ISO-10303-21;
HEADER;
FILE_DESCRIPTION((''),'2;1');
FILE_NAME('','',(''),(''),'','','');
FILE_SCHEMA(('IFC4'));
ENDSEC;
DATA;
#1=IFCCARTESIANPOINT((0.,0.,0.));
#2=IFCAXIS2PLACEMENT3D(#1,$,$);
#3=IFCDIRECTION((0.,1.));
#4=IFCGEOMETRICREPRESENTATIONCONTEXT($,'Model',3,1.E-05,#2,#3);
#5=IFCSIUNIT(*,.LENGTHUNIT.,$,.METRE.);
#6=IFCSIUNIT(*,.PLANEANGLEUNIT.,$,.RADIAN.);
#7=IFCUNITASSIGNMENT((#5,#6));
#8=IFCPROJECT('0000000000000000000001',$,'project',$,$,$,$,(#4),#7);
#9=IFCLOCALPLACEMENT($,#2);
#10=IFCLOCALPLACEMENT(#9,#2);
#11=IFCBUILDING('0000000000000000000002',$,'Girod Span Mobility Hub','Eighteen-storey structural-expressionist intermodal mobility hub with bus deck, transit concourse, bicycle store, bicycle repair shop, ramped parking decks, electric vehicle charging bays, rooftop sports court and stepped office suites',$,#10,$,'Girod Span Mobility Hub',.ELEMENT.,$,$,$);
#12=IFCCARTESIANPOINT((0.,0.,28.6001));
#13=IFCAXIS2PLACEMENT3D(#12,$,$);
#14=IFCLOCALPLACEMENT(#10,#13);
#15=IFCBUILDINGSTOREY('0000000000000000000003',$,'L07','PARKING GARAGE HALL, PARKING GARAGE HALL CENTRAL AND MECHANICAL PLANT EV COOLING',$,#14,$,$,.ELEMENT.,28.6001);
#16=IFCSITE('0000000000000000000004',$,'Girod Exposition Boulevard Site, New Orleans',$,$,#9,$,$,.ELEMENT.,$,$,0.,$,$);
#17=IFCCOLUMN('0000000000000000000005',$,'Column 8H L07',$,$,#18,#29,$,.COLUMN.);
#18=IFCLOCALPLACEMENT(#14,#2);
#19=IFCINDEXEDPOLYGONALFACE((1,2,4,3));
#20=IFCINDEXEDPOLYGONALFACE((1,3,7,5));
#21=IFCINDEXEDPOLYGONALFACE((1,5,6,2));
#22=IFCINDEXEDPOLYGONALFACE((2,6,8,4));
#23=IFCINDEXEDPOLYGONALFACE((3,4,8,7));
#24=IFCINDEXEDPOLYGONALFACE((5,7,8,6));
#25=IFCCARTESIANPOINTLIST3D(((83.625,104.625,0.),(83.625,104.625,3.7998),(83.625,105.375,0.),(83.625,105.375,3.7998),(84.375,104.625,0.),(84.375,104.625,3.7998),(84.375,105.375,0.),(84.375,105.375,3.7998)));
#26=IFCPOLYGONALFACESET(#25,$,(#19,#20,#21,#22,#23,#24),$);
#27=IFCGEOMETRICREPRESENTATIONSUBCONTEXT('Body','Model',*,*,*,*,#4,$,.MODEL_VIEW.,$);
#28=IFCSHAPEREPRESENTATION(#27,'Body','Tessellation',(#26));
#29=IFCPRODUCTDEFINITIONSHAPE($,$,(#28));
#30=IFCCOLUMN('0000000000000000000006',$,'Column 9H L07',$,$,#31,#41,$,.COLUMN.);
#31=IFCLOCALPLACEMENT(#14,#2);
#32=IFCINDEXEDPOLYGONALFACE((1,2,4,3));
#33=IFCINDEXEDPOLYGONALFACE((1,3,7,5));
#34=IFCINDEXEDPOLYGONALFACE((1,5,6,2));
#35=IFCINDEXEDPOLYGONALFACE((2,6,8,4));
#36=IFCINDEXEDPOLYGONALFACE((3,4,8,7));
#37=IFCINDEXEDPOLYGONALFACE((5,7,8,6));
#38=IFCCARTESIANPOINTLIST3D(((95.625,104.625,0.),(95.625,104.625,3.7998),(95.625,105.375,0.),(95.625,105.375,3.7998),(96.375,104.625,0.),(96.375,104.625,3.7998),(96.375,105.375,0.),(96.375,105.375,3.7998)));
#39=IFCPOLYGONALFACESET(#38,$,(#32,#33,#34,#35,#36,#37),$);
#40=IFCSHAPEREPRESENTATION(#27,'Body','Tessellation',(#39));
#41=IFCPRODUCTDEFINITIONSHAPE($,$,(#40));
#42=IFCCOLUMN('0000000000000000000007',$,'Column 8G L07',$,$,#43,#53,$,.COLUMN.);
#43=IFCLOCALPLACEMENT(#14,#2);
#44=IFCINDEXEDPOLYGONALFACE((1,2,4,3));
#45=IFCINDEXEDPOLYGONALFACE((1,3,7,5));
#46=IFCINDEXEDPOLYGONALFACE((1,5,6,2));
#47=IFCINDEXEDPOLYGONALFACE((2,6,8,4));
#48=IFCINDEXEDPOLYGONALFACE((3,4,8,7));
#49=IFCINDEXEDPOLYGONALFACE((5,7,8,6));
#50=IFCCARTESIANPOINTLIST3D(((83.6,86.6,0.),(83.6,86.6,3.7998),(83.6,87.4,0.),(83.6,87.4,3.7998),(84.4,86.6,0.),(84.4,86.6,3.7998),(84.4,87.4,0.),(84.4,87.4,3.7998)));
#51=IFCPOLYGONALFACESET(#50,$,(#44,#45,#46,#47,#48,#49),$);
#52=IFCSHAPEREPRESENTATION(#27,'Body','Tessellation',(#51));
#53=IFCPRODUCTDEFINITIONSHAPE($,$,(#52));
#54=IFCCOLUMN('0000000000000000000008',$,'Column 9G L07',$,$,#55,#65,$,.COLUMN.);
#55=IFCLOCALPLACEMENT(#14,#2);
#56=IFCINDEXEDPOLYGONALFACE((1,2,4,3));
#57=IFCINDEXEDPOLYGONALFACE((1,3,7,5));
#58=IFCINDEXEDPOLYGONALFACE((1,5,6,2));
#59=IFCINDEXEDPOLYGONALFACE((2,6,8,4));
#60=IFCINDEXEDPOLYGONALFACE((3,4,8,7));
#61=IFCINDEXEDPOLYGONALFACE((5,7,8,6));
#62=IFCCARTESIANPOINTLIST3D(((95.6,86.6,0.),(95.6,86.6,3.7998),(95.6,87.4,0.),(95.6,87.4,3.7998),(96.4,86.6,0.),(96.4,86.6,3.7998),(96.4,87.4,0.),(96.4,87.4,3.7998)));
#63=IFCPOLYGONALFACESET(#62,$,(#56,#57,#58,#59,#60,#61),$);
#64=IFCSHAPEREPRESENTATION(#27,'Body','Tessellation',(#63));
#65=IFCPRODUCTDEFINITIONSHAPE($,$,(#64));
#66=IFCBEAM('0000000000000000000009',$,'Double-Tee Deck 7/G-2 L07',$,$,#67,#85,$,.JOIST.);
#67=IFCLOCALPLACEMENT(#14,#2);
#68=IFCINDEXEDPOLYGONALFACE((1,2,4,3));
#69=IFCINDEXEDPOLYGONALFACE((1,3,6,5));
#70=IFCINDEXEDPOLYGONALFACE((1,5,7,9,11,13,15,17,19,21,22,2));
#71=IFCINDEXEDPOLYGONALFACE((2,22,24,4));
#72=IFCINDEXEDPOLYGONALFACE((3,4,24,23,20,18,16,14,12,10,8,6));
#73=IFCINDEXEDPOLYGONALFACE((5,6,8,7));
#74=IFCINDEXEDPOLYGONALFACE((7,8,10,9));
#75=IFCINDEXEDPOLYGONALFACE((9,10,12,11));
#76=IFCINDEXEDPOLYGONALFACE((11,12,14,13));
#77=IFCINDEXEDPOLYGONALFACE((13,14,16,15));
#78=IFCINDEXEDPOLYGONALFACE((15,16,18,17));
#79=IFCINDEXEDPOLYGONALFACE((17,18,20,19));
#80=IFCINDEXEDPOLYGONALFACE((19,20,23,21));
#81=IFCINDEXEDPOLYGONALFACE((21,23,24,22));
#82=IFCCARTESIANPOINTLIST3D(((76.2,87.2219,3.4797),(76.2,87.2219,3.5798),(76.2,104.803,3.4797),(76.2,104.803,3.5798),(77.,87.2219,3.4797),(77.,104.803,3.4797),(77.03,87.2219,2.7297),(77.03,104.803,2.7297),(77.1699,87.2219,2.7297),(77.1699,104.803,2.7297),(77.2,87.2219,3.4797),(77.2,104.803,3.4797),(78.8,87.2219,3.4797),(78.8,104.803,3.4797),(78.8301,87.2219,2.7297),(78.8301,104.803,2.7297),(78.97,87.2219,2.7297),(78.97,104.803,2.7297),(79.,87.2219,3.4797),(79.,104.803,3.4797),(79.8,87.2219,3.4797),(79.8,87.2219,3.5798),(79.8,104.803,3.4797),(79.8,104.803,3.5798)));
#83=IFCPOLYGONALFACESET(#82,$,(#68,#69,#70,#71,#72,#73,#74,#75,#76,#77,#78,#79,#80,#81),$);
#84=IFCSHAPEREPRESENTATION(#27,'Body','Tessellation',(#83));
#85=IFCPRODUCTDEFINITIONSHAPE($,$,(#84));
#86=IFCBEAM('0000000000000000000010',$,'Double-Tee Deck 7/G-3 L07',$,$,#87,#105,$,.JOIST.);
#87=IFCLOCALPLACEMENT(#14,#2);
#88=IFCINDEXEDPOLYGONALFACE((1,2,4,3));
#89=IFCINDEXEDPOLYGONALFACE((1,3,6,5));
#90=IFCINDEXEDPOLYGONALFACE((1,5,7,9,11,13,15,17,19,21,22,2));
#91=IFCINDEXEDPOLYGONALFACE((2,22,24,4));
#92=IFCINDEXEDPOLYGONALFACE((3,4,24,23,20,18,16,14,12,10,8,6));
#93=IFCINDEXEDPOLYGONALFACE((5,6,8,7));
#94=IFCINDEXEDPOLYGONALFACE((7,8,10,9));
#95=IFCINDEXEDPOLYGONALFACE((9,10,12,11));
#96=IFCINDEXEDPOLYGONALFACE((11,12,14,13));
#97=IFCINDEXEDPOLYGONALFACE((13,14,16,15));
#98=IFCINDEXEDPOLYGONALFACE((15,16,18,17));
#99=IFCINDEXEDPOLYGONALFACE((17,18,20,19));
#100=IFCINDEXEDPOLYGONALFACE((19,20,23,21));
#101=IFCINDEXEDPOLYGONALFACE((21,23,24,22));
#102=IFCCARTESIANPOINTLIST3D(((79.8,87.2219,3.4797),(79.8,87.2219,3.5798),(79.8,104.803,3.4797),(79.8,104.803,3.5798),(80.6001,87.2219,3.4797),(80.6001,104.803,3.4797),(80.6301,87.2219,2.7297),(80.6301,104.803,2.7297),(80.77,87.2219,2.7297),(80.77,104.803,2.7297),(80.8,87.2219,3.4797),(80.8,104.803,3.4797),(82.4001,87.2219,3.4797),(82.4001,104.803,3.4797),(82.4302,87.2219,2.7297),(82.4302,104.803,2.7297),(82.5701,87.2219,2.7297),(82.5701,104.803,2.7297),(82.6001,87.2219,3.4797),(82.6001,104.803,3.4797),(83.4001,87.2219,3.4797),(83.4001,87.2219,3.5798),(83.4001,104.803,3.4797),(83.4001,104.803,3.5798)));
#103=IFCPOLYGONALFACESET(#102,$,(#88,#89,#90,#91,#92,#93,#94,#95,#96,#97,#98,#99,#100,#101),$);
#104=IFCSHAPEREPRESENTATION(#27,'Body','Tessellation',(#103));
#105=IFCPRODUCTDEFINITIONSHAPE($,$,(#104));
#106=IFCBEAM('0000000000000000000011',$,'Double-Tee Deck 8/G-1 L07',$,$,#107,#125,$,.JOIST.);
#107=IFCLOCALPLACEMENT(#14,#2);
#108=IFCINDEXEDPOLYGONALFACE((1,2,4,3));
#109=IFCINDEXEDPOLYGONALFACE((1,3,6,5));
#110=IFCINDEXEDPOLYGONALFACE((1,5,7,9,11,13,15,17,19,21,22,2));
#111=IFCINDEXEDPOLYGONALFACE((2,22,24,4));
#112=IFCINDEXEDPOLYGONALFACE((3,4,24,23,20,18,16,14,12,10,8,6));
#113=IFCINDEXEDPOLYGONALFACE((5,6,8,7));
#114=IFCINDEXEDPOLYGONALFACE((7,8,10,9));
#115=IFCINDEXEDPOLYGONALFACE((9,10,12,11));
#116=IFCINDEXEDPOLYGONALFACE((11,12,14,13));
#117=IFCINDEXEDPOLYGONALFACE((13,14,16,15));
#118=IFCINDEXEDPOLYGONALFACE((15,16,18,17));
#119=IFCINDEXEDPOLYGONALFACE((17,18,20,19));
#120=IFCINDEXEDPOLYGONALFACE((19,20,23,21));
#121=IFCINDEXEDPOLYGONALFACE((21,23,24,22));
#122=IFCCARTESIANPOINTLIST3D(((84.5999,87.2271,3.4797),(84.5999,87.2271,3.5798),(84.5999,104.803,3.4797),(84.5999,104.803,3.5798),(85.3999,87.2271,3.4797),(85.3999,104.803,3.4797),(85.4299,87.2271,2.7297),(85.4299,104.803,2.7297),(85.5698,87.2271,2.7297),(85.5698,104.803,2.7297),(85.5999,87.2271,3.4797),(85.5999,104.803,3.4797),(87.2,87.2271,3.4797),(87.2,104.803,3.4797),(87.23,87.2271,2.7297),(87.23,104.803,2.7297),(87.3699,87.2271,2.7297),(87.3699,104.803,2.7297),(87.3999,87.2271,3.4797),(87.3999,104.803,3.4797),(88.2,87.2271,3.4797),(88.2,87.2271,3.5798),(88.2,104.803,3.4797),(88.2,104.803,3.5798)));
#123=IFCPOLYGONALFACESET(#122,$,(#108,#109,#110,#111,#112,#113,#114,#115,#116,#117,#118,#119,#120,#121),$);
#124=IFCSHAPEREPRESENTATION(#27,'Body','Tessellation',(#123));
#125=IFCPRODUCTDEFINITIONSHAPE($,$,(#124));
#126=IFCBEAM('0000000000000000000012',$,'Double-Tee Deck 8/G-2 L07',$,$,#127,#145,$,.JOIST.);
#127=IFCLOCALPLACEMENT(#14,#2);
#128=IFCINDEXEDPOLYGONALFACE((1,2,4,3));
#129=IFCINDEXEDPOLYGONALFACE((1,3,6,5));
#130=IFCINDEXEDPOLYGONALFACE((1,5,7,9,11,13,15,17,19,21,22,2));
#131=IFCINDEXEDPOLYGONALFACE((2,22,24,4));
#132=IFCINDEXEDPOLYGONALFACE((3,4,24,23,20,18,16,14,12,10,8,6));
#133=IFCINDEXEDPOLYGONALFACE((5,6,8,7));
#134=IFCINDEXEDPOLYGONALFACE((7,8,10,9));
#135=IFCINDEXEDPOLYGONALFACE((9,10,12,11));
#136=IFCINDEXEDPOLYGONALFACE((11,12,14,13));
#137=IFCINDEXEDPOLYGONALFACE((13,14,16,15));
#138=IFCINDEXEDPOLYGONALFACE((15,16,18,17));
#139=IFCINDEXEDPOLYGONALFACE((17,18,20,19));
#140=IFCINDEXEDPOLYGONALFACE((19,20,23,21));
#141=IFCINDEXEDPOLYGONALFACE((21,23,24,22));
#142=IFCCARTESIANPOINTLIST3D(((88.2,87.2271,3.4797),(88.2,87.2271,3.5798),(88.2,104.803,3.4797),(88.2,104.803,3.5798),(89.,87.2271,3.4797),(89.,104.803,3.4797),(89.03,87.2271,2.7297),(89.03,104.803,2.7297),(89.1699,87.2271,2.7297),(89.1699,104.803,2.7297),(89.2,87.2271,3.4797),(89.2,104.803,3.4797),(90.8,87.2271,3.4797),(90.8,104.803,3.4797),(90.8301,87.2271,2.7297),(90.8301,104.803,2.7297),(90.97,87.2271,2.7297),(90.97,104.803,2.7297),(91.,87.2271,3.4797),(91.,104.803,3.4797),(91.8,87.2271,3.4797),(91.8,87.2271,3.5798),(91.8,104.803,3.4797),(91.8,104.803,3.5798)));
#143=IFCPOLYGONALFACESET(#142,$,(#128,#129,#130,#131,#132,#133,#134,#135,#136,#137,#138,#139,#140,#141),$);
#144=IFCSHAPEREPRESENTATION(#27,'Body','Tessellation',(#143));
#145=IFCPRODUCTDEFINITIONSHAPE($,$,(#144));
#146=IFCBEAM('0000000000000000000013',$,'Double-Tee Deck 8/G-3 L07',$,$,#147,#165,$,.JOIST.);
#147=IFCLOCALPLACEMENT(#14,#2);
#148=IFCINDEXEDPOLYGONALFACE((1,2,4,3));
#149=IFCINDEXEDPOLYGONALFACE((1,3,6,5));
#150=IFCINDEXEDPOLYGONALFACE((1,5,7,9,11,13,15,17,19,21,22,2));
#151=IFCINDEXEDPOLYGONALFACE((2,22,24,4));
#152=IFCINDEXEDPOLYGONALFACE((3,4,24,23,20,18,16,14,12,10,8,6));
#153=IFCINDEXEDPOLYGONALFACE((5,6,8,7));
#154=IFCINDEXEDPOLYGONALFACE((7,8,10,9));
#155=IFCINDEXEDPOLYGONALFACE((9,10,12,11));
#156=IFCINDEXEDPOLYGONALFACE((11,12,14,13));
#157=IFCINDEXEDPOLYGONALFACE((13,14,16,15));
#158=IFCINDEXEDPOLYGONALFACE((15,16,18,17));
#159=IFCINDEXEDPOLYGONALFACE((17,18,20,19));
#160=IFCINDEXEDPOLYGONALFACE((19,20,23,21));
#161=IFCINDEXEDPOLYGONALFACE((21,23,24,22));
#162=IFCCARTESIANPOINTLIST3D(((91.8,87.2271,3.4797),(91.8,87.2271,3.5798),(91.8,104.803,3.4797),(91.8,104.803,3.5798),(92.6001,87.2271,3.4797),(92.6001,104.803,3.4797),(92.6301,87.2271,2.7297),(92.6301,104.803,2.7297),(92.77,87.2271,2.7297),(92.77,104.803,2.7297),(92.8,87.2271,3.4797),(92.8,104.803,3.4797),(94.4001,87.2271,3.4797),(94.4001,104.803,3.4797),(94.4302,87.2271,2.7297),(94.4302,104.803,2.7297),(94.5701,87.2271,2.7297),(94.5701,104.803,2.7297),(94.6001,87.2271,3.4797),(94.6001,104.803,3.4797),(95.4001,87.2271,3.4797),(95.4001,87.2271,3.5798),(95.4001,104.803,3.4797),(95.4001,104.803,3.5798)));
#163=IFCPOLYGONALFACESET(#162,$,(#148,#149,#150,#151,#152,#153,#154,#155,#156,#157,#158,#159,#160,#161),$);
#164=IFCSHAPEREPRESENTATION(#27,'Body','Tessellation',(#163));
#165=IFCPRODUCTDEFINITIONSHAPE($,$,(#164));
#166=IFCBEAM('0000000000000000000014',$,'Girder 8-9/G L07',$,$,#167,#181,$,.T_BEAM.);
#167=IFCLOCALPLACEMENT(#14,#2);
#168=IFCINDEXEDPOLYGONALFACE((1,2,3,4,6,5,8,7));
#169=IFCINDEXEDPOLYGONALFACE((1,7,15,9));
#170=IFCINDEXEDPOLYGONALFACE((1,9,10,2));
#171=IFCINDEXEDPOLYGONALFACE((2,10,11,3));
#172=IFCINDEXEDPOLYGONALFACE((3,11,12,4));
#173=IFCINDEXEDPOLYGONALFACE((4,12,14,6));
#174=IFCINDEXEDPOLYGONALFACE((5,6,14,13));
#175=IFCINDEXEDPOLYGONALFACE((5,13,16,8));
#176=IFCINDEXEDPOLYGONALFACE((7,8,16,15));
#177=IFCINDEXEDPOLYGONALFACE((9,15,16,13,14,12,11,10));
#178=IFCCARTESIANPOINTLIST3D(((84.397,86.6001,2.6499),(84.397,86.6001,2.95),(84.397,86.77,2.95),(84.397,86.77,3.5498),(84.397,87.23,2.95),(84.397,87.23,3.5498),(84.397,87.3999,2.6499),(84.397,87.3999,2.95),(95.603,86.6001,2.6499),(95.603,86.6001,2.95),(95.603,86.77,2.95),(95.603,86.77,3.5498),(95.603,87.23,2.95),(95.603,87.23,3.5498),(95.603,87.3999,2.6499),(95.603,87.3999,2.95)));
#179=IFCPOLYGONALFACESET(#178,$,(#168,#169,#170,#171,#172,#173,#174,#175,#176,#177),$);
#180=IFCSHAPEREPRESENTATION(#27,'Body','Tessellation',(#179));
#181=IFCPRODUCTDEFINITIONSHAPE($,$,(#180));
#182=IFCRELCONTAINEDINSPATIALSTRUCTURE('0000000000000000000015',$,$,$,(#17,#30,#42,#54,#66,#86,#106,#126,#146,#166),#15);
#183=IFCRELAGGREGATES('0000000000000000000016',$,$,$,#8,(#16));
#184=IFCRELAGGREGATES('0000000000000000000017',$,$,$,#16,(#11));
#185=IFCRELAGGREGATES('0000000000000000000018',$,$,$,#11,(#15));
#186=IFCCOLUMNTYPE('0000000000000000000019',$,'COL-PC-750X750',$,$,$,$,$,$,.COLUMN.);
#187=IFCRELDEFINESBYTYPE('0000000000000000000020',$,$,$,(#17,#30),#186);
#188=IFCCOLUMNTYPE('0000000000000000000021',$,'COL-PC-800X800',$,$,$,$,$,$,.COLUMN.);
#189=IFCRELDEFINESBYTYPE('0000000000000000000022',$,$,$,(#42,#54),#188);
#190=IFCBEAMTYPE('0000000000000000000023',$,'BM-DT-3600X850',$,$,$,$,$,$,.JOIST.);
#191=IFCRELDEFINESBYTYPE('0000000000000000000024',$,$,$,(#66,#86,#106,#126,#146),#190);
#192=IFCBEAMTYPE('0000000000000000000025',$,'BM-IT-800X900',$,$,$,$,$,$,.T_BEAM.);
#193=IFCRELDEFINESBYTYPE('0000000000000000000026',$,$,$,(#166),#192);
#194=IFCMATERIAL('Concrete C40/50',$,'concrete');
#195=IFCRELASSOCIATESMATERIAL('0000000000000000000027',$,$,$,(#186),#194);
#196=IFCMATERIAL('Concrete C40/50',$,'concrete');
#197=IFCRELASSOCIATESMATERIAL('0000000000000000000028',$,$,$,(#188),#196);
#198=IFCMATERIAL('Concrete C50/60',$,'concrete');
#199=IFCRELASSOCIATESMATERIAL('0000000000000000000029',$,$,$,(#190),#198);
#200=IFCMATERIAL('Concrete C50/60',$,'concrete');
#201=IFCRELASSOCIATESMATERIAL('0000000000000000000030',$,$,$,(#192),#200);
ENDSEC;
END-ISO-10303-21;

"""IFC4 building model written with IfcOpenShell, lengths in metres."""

from ifc_helpers import new_model, si_unit, direction, frame, origin, origin_2d, place, context, subcontext, project, spatial, polyline, rectangle, outline, extrude, material, material_profile, profile_set, type_object, element, save


model = new_model("IFC4")

# Units and contexts
model_context = context("Model", 3, precision=1e-05, world=origin(), true_north=direction((0.0, 1.0)))
body_context = subcontext(model_context, "Body", "Model", "MODEL_VIEW")
ifc_project = project(units=[si_unit("LENGTHUNIT", "METRE"), si_unit("PLANEANGLEUNIT", "RADIAN")], contexts=[model_context])

# Site, building, storey
site_placement = place(None, origin())
site = spatial("IfcSite", under=ifc_project, at=site_placement, Name="Girod Exposition Boulevard Site, New Orleans", CompositionType="ELEMENT", RefElevation=0.0)
building_placement = place(site_placement, origin())
building = spatial("IfcBuilding", under=site, at=building_placement, Name="Girod Span Mobility Hub", Description="Eighteen-storey structural-expressionist intermodal mobility hub with bus deck, transit concourse, bicycle store, bicycle repair shop, ramped parking decks, electric vehicle charging bays, rooftop sports court and stepped office suites", LongName="Girod Span Mobility Hub", CompositionType="ELEMENT")
storey_placement = place(building_placement, frame((0.0, 0.0, 28.6001)))
storey = spatial("IfcBuildingStorey", under=building, at=storey_placement, Name="L07", Description="PARKING GARAGE HALL, PARKING GARAGE HALL CENTRAL AND MECHANICAL PLANT EV COOLING", CompositionType="ELEMENT", Elevation=28.6001)

# Columns
ifc_material_1 = material(Name="Concrete C40/50", Category="concrete")
ifc_material_profile_1 = material_profile(ifc_material_1, rectangle(XDim=0.75, YDim=0.75, at=origin_2d()), Name="PC-COL-750X750")
ifc_profile_set_1 = profile_set([ifc_material_profile_1], Name="Concrete C40/50")
column_type_1 = type_object("IfcColumnType", Name="COL-PC-750X750", PredefinedType="COLUMN", material=ifc_profile_set_1)
for number, where, z_axis, x_axis, name in (
    (1, (84.0, 105.0, 0.0), (0.0, 0.0, 1.0), (1.0, 0.0, 0.0), "Column 8H L07"),
    (2, (96.0, 105.0, 0.0), (0.0, 0.0, 1.0), (1.0, 0.0, 0.0), "Column 9H L07"),
):
    element("IfcColumn", number, at=place(storey_placement, frame(where, z_axis=z_axis, x_axis=x_axis)), inside=storey, type_object=column_type_1, Name=name, PredefinedType="COLUMN", context=body_context, shape_type="SweptSolid", body=[
        extrude(rectangle(XDim=0.75, YDim=0.75, at=origin_2d()), origin(), (0.0, 0.0, 1.0), 3.7998),
    ])
ifc_material_2 = material(Name="Concrete C40/50", Category="concrete")
ifc_material_profile_2 = material_profile(ifc_material_2, rectangle(XDim=0.8, YDim=0.8, at=origin_2d()), Name="PC-COL-800X800")
ifc_profile_set_2 = profile_set([ifc_material_profile_2], Name="Concrete C40/50")
column_type_2 = type_object("IfcColumnType", Name="COL-PC-800X800", PredefinedType="COLUMN", material=ifc_profile_set_2)
for number, where, z_axis, x_axis, name in (
    (3, (84.0, 87.0, 0.0), (0.0, 0.0, 1.0), (1.0, 0.0, 0.0), "Column 8G L07"),
    (4, (96.0, 87.0, 0.0), (0.0, 0.0, 1.0), (1.0, 0.0, 0.0), "Column 9G L07"),
):
    element("IfcColumn", number, at=place(storey_placement, frame(where, z_axis=z_axis, x_axis=x_axis)), inside=storey, type_object=column_type_2, Name=name, PredefinedType="COLUMN", context=body_context, shape_type="SweptSolid", body=[
        extrude(rectangle(XDim=0.8, YDim=0.8, at=origin_2d()), origin(), (0.0, 0.0, 1.0), 3.7998),
    ])

# Beams
ifc_material_3 = material(Name="Concrete C50/60", Category="concrete")
ifc_material_profile_3 = material_profile(ifc_material_3, outline(polyline([(-1.8, 0.425), (-1.8, 0.325), (-1.0, 0.325), (-0.97, -0.425), (-0.8301, -0.425), (-0.8, 0.325), (0.8, 0.325), (0.8301, -0.425), (0.97, -0.425), (1.0, 0.325), (1.8, 0.325), (1.8, 0.425), (-1.8, 0.425)])), Name="DT-3600X850")
ifc_profile_set_3 = profile_set([ifc_material_profile_3], Name="Concrete C50/60")
beam_type_1 = type_object("IfcBeamType", Name="BM-DT-3600X850", PredefinedType="JOIST", material=ifc_profile_set_3)
for number, where, z_axis, x_axis, name in (
    (5, (78.0, 87.2219, 3.1548), (0.0, 1.0, 0.0), (-1.0, 0.0, 0.0), "Double-Tee Deck 7/G-2 L07"),
    (6, (81.6001, 87.2219, 3.1548), (0.0, 1.0, 0.0), (-1.0, 0.0, 0.0), "Double-Tee Deck 7/G-3 L07"),
):
    element("IfcBeam", number, at=place(storey_placement, frame(where, z_axis=z_axis, x_axis=x_axis)), inside=storey, type_object=beam_type_1, Name=name, PredefinedType="JOIST", context=body_context, shape_type="SweptSolid", body=[
        extrude(outline(polyline([(-1.8, 0.425), (-1.8, 0.325), (-1.0, 0.325), (-0.97, -0.425), (-0.8301, -0.425), (-0.8, 0.325), (0.8, 0.325), (0.8301, -0.425), (0.97, -0.425), (1.0, 0.325), (1.8, 0.325), (1.8, 0.425), (-1.8, 0.425)])), origin(), (0.0, 0.0, 1.0), 17.5811),
    ])
for number, where, z_axis, x_axis, name in (
    (7, (86.3999, 87.2271, 3.1548), (0.0, 1.0, 0.0), (-1.0, 0.0, 0.0), "Double-Tee Deck 8/G-1 L07"),
    (8, (90.0, 87.2271, 3.1548), (0.0, 1.0, 0.0), (-1.0, 0.0, 0.0), "Double-Tee Deck 8/G-2 L07"),
    (9, (93.6001, 87.2271, 3.1548), (0.0, 1.0, 0.0), (-1.0, 0.0, 0.0), "Double-Tee Deck 8/G-3 L07"),
):
    element("IfcBeam", number, at=place(storey_placement, frame(where, z_axis=z_axis, x_axis=x_axis)), inside=storey, type_object=beam_type_1, Name=name, PredefinedType="JOIST", context=body_context, shape_type="SweptSolid", body=[
        extrude(outline(polyline([(-1.8, 0.425), (-1.8, 0.325), (-1.0, 0.325), (-0.97, -0.425), (-0.8301, -0.425), (-0.8, 0.325), (0.8, 0.325), (0.8301, -0.425), (0.97, -0.425), (1.0, 0.325), (1.8, 0.325), (1.8, 0.425), (-1.8, 0.425)])), origin(), (0.0, 0.0, 1.0), 17.5759),
    ])
ifc_material_4 = material(Name="Concrete C50/60", Category="concrete")
ifc_material_profile_4 = material_profile(ifc_material_4, outline(polyline([(-0.3999, -0.45), (0.3999, -0.45), (0.3999, -0.1499), (0.23, -0.1499), (0.23, 0.45), (-0.23, 0.45), (-0.23, -0.1499), (-0.3999, -0.1499), (-0.3999, -0.45)])), Name="IT-800X900")
ifc_profile_set_4 = profile_set([ifc_material_profile_4], Name="Concrete C50/60")
beam_type_2 = type_object("IfcBeamType", Name="BM-IT-800X900", PredefinedType="T_BEAM", material=ifc_profile_set_4)
beam_1_placement = place(storey_placement, frame((84.397, 87.0, 3.0999), z_axis=(1.0, 0.0, 0.0), x_axis=(0.0, 1.0, 0.0)))
element("IfcBeam", 10, at=beam_1_placement, inside=storey, type_object=beam_type_2, Name="Girder 8-9/G L07", PredefinedType="T_BEAM", context=body_context, shape_type="SweptSolid", body=[
    extrude(outline(polyline([(-0.3999, -0.45), (0.3999, -0.45), (0.3999, -0.1499), (0.23, -0.1499), (0.23, 0.45), (-0.23, 0.45), (-0.23, -0.1499), (-0.3999, -0.1499), (-0.3999, -0.45)])), origin(), (0.0, 0.0, 1.0), 11.2061),
])

save(model, "model.ifc")
